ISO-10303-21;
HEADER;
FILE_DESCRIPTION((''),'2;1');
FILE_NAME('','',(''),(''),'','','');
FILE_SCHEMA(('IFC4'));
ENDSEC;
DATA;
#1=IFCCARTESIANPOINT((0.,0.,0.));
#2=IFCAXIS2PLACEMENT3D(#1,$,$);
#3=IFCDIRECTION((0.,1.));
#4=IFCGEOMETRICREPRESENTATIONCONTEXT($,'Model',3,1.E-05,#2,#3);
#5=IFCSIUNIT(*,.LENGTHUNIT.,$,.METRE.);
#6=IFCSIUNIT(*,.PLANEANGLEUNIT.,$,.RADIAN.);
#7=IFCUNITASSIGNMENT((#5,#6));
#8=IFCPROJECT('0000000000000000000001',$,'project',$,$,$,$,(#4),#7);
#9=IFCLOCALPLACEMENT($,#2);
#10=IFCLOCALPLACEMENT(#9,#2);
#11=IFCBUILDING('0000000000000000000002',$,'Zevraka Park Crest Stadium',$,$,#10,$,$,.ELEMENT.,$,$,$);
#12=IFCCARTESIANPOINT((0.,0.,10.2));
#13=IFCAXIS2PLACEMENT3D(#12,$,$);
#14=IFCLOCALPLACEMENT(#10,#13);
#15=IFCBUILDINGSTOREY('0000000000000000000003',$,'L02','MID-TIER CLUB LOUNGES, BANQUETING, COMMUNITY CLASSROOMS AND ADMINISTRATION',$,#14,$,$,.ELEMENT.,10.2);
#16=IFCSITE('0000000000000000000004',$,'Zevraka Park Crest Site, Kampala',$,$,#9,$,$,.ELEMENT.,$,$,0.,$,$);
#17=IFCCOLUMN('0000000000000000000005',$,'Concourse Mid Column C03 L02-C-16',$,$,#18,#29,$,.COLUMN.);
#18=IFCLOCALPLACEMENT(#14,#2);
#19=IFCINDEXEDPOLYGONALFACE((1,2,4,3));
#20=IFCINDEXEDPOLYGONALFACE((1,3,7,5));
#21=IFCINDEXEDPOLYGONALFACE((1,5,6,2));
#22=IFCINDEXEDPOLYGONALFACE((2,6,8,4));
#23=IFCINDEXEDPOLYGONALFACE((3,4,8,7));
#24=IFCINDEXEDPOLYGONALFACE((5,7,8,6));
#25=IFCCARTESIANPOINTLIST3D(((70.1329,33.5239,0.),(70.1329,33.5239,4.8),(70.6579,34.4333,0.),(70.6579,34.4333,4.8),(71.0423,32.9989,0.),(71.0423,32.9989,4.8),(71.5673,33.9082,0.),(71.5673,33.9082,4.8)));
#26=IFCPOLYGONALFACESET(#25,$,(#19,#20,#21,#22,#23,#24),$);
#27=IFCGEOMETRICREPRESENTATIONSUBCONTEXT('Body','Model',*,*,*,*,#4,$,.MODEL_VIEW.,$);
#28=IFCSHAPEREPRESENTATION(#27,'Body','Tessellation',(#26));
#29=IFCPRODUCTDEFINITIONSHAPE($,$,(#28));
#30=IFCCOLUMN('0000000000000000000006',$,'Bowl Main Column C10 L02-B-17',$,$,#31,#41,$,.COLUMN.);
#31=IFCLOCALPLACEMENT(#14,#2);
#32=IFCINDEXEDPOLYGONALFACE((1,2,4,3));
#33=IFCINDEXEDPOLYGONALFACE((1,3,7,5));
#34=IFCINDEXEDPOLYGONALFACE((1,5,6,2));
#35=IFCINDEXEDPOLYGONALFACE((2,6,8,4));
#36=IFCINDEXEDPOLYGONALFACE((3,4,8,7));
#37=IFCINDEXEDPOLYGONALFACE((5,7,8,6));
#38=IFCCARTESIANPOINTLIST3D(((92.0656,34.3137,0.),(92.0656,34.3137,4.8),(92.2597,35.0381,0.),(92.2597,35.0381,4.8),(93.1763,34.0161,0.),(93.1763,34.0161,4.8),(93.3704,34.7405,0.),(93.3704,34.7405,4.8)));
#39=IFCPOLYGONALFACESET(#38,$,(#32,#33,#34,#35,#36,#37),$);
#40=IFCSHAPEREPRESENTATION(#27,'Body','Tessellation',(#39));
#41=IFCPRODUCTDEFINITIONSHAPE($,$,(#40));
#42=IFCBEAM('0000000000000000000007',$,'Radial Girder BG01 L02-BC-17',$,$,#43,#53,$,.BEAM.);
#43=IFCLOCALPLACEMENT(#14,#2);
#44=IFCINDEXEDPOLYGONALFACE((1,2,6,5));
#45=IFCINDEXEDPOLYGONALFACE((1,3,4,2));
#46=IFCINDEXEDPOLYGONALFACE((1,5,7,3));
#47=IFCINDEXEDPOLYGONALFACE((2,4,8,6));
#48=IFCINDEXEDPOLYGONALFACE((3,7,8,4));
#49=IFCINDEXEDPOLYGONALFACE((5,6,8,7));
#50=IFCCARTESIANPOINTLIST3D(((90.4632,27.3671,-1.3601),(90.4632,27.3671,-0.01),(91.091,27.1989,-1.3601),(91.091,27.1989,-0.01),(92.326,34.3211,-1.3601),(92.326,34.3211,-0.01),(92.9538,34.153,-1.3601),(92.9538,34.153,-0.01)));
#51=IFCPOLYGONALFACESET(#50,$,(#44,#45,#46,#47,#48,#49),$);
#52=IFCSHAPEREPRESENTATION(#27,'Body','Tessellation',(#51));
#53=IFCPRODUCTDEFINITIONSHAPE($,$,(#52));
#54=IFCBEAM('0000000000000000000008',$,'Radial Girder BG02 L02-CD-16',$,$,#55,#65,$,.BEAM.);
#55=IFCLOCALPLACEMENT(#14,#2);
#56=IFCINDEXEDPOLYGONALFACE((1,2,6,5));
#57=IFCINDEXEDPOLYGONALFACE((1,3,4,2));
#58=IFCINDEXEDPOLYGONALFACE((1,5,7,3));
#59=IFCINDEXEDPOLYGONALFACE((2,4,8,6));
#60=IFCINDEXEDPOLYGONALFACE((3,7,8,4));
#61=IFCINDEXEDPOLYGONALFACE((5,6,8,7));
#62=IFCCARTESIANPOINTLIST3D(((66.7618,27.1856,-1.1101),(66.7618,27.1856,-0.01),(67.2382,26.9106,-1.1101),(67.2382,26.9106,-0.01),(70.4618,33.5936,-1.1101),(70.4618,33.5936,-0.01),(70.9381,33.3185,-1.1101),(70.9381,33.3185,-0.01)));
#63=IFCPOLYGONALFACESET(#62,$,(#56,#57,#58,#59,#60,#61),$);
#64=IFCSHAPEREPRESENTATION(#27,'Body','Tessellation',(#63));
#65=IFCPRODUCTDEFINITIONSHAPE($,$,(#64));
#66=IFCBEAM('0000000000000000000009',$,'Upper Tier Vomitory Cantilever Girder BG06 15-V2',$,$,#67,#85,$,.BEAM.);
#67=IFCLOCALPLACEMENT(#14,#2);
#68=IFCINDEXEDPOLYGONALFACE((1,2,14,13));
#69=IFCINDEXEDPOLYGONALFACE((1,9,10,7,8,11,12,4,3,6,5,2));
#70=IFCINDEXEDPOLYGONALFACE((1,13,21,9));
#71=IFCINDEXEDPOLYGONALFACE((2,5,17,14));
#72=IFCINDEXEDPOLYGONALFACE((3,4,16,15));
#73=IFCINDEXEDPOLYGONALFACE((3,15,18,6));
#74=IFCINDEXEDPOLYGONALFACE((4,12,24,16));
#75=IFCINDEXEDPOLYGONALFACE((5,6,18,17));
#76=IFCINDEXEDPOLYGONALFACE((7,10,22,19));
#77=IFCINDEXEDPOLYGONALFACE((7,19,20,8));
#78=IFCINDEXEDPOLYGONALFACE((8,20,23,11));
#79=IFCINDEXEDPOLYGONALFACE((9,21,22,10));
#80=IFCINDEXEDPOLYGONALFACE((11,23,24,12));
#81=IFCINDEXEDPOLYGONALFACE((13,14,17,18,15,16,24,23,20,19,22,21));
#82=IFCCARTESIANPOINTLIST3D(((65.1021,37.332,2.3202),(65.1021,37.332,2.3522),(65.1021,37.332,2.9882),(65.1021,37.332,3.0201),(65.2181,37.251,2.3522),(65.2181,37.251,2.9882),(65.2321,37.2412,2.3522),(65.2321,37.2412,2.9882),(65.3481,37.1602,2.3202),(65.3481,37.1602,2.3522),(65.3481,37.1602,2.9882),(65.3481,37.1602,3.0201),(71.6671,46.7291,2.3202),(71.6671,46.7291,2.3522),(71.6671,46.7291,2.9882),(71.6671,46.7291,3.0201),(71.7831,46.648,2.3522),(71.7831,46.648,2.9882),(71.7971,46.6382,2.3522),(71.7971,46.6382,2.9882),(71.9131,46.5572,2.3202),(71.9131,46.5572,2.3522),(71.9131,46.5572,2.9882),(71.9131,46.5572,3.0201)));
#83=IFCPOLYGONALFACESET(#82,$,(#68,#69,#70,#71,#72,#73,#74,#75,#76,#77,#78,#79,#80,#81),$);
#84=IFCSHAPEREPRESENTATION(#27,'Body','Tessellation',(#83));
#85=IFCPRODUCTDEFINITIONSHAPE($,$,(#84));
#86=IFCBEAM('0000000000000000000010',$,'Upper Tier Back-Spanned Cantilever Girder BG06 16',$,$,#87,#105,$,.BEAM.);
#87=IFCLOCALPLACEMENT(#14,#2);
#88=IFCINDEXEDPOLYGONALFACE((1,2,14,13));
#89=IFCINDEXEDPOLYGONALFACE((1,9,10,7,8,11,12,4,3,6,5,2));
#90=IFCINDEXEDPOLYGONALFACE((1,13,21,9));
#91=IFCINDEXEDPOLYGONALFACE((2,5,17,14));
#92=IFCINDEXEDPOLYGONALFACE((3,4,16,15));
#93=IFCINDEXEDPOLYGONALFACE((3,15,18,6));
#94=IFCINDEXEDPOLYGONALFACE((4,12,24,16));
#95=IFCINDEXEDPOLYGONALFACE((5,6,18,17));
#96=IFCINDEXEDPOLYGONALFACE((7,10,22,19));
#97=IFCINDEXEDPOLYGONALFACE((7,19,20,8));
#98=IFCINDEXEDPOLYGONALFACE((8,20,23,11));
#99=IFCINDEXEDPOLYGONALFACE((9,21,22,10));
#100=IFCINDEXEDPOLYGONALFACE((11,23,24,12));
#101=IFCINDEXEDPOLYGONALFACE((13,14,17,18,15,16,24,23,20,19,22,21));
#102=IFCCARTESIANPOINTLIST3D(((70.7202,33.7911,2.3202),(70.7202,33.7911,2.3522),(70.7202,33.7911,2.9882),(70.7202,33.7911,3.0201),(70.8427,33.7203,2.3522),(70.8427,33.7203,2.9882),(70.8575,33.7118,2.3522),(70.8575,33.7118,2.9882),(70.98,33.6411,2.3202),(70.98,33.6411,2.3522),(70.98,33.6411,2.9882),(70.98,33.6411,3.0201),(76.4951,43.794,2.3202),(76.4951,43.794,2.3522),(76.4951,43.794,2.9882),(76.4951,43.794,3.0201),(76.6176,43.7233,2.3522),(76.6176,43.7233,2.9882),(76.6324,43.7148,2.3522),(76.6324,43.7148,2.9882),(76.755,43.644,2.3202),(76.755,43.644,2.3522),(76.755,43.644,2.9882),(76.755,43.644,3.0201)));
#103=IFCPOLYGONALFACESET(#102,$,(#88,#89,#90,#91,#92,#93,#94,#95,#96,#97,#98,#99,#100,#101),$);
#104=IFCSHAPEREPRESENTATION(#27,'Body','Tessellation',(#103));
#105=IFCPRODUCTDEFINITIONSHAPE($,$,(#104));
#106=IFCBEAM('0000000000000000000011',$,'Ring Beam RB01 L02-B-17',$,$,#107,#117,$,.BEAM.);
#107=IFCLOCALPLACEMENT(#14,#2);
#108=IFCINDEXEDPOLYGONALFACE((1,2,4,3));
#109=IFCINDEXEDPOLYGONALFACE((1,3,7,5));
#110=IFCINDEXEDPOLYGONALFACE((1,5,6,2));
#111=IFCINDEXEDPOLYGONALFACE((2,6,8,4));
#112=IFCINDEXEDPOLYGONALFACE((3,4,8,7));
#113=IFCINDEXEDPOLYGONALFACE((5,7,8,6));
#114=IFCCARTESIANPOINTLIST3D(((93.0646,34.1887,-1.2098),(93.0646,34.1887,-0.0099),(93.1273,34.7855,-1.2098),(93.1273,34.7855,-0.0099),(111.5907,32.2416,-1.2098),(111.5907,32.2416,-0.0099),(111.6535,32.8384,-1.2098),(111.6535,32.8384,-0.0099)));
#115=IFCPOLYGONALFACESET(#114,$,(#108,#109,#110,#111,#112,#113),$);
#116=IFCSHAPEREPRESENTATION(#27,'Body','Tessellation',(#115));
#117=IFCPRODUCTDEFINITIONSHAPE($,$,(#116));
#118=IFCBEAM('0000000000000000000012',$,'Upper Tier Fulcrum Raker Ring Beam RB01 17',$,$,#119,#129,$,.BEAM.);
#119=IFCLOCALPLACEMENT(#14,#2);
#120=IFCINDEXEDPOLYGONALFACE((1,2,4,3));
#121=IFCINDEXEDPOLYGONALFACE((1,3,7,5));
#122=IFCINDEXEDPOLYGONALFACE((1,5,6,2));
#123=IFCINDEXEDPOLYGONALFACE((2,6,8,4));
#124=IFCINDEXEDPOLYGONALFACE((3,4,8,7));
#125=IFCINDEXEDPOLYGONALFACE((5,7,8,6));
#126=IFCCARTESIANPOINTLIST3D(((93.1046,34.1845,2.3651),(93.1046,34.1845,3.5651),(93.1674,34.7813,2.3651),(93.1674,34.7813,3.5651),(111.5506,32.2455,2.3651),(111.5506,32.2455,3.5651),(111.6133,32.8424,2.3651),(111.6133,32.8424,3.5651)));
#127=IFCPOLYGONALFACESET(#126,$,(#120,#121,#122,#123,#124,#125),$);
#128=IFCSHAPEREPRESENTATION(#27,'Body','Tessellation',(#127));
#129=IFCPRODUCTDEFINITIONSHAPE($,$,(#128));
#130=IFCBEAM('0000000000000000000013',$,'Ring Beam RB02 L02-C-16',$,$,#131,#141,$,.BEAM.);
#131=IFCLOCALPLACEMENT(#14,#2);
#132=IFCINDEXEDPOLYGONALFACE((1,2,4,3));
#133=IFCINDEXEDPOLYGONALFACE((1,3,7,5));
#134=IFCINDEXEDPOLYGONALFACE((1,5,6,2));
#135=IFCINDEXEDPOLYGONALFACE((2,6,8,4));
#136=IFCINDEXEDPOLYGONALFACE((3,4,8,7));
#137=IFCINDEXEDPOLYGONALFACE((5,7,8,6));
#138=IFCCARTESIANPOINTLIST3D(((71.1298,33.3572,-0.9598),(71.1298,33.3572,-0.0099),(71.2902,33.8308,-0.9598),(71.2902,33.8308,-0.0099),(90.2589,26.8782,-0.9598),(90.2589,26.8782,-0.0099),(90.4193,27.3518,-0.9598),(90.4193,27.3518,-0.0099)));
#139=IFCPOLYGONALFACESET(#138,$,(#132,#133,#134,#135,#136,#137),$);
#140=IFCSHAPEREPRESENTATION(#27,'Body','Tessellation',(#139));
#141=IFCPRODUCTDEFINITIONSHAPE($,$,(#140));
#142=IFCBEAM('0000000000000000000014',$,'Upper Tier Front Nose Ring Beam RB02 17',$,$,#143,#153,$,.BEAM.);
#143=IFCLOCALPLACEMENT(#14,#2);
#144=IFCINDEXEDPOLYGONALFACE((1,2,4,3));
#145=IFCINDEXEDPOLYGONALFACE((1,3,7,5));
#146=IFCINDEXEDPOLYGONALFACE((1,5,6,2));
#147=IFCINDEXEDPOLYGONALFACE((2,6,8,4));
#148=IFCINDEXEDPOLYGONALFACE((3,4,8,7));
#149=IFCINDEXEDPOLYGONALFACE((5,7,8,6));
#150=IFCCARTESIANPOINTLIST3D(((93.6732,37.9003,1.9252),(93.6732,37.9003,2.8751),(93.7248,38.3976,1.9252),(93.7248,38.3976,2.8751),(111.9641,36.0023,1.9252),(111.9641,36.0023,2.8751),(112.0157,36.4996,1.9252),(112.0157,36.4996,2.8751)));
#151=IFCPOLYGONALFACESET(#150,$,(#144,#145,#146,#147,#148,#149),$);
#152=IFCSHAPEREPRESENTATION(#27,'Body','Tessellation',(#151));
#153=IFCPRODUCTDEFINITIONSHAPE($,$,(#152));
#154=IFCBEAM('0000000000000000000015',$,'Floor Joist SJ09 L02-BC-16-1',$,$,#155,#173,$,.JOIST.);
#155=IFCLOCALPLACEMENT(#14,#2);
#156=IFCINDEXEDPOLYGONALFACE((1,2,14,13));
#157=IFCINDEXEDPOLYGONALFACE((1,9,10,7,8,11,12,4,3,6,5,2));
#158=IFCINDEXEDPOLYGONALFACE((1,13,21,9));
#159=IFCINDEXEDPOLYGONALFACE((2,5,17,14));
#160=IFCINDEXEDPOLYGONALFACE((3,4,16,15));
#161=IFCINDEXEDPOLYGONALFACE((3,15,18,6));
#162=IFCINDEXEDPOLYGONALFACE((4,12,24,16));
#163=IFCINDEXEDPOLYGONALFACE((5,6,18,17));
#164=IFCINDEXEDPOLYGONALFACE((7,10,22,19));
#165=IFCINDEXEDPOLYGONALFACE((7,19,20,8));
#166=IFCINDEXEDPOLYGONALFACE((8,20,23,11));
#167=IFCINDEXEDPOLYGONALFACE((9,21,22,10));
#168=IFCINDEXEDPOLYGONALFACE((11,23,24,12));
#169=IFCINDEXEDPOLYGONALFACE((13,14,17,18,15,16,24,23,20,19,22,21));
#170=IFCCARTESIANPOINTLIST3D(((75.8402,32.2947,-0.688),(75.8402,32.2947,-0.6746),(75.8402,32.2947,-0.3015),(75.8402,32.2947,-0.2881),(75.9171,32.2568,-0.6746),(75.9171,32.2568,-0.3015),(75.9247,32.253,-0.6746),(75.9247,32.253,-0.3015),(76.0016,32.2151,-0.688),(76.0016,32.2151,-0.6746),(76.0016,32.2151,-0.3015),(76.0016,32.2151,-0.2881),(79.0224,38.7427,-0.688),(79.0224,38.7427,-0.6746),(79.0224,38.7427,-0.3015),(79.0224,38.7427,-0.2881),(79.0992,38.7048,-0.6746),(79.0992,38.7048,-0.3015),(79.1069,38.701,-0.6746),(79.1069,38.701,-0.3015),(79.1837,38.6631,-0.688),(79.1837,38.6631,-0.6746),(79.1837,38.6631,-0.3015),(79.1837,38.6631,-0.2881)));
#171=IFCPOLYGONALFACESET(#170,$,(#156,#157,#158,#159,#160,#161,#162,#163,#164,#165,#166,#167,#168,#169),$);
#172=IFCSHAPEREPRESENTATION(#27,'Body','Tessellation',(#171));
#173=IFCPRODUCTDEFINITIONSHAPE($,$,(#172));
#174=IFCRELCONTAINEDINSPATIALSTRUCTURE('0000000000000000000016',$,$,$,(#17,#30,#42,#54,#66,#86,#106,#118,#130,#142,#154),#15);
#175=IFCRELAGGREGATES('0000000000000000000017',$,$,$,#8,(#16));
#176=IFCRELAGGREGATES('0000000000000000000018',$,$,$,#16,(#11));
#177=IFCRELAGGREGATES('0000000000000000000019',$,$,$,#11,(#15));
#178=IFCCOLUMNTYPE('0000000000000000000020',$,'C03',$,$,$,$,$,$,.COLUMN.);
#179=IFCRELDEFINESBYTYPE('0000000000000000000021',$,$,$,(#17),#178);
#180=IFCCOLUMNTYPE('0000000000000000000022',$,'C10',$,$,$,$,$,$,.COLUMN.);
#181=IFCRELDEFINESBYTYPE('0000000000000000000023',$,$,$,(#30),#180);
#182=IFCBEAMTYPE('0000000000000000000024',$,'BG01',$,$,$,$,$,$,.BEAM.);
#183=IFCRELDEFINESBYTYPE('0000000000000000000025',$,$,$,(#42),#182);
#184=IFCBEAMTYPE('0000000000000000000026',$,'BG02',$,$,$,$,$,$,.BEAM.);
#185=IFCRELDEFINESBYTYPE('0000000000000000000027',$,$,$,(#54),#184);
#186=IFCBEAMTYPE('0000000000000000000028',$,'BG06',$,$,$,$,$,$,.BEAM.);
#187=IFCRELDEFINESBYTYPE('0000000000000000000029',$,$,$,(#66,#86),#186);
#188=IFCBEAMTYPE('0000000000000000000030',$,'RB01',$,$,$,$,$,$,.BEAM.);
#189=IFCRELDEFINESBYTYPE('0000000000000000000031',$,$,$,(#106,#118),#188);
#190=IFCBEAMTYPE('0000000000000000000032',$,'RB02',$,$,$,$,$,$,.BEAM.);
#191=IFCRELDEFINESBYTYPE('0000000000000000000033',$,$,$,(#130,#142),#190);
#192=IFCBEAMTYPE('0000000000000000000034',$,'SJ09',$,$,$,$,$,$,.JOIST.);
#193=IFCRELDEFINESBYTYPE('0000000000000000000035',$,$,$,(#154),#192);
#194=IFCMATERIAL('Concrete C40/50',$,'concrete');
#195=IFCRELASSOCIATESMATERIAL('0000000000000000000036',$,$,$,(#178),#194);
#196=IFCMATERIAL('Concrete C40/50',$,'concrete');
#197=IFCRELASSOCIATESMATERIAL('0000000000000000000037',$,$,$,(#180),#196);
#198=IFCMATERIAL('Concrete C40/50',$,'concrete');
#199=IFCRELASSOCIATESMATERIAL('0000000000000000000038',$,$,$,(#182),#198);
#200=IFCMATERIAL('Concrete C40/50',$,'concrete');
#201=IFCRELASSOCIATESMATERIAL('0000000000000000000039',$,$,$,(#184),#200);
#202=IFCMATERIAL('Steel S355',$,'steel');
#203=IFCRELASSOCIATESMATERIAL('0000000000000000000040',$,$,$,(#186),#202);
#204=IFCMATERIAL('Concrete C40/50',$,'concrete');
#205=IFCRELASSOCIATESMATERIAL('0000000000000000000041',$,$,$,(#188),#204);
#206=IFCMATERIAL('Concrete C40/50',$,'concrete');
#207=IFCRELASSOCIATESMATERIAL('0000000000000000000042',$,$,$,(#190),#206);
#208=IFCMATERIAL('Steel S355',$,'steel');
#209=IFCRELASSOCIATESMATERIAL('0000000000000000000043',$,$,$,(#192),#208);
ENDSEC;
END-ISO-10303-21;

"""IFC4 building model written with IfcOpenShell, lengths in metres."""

from ifc_helpers import new_model, si_unit, direction, frame, origin, origin_2d, place, context, subcontext, project, spatial, rectangle, i_section, extrude, material, material_profile, profile_set, type_object, element, save


model = new_model("IFC4")

# Units and contexts
model_context = context("Model", 3, precision=1e-05, world=origin(), true_north=direction((0.0, 1.0)))
body_context = subcontext(model_context, "Body", "Model", "MODEL_VIEW")
ifc_project = project(units=[si_unit("LENGTHUNIT", "METRE"), si_unit("PLANEANGLEUNIT", "RADIAN")], contexts=[model_context])

# Site, building, storey
site_placement = place(None, origin())
site = spatial("IfcSite", under=ifc_project, at=site_placement, Name="Zevraka Park Crest Site, Kampala", CompositionType="ELEMENT", RefElevation=0.0)
building_placement = place(site_placement, origin())
building = spatial("IfcBuilding", under=site, at=building_placement, Name="Zevraka Park Crest Stadium", CompositionType="ELEMENT")
storey_placement = place(building_placement, frame((0.0, 0.0, 10.2)))
storey = spatial("IfcBuildingStorey", under=building, at=storey_placement, Name="L02", Description="MID-TIER CLUB LOUNGES, BANQUETING, COMMUNITY CLASSROOMS AND ADMINISTRATION", CompositionType="ELEMENT", Elevation=10.2)

# Columns
ifc_material_1 = material(Name="Concrete C40/50", Category="concrete")
ifc_material_profile_1 = material_profile(ifc_material_1, rectangle(XDim=1.05, YDim=1.05, at=origin_2d()), Name="RC 1050x1050")
ifc_profile_set_1 = profile_set([ifc_material_profile_1], Name="Concrete C40/50")
column_type_1 = type_object("IfcColumnType", Name="C03", PredefinedType="COLUMN", material=ifc_profile_set_1)
column_1_placement = place(storey_placement, frame((70.8501, 33.7161, 0.0), z_axis=(0.0, 0.0, 1.0), x_axis=(0.5, 0.866025, 0.0)))
element("IfcColumn", 1, at=column_1_placement, inside=storey, type_object=column_type_1, Name="Concourse Mid Column C03 L02-C-16", PredefinedType="COLUMN", context=body_context, shape_type="SweptSolid", body=[
    extrude(rectangle(XDim=1.05, YDim=1.05, at=origin_2d()), origin(), (0.0, 0.0, 1.0), 4.8),
])
ifc_material_2 = material(Name="Concrete C40/50", Category="concrete")
ifc_material_profile_2 = material_profile(ifc_material_2, rectangle(XDim=0.75, YDim=1.1499, at=origin_2d()), Name="RC 1150x750")
ifc_profile_set_2 = profile_set([ifc_material_profile_2], Name="Concrete C40/50")
column_type_2 = type_object("IfcColumnType", Name="C10", PredefinedType="COLUMN", material=ifc_profile_set_2)
column_2_placement = place(storey_placement, frame((92.718, 34.5271, 0.0), z_axis=(0.0, 0.0, 1.0), x_axis=(0.258819, 0.965926, 0.0)))
element("IfcColumn", 2, at=column_2_placement, inside=storey, type_object=column_type_2, Name="Bowl Main Column C10 L02-B-17", PredefinedType="COLUMN", context=body_context, shape_type="SweptSolid", body=[
    extrude(rectangle(XDim=0.75, YDim=1.1499, at=origin_2d()), origin(), (0.0, 0.0, 1.0), 4.8),
])

# Beams
ifc_material_3 = material(Name="Concrete C40/50", Category="concrete")
ifc_material_profile_3 = material_profile(ifc_material_3, rectangle(XDim=0.6499, YDim=1.3501, at=origin_2d()), Name="RC 1350x650")
ifc_profile_set_3 = profile_set([ifc_material_profile_3], Name="Concrete C40/50")
beam_type_1 = type_object("IfcBeamType", Name="BG01", PredefinedType="BEAM", material=ifc_profile_set_3)
beam_1_placement = place(storey_placement, frame((92.6399, 34.2371, -0.6851), z_axis=(-0.258747, -0.965945, 0.0), x_axis=(0.965945, -0.258747, 0.0)))
element("IfcBeam", 3, at=beam_1_placement, inside=storey, type_object=beam_type_1, Name="Radial Girder BG01 L02-BC-17", PredefinedType="BEAM", context=body_context, shape_type="SweptSolid", body=[
    extrude(rectangle(XDim=0.6499, YDim=1.3501, at=origin_2d()), origin(), (0.0, 0.0, 1.0), 7.1992),
])
ifc_material_4 = material(Name="Concrete C40/50", Category="concrete")
ifc_material_profile_4 = material_profile(ifc_material_4, rectangle(XDim=0.55, YDim=1.1001, at=origin_2d()), Name="RC 1100x550")
ifc_profile_set_4 = profile_set([ifc_material_profile_4], Name="Concrete C40/50")
beam_type_2 = type_object("IfcBeamType", Name="BG02", PredefinedType="BEAM", material=ifc_profile_set_4)
beam_2_placement = place(storey_placement, frame((70.7, 33.4561, -0.5601), z_axis=(-0.500032, -0.866007, 0.0), x_axis=(0.866007, -0.500032, 0.0)))
element("IfcBeam", 4, at=beam_2_placement, inside=storey, type_object=beam_type_2, Name="Radial Girder BG02 L02-CD-16", PredefinedType="BEAM", context=body_context, shape_type="SweptSolid", body=[
    extrude(rectangle(XDim=0.55, YDim=1.1001, at=origin_2d()), origin(), (0.0, 0.0, 1.0), 7.3994),
])
ifc_material_5 = material(Name="Steel S355", Category="steel")
ifc_material_profile_5 = material_profile(ifc_material_5, i_section(OverallWidth=0.3, OverallDepth=0.7, WebThickness=0.0171, FlangeThickness=0.032, at=origin_2d()), Name="HEB 700")
ifc_profile_set_5 = profile_set([ifc_material_profile_5], Name="Steel S355")
beam_type_3 = type_object("IfcBeamType", Name="BG06", PredefinedType="BEAM", material=ifc_profile_set_5)
beam_3_placement = place(storey_placement, frame((65.2251, 37.2461, 2.6702), z_axis=(0.572705, 0.819762, 0.0), x_axis=(-0.819762, 0.572705, 0.0)))
element("IfcBeam", 5, at=beam_3_placement, inside=storey, type_object=beam_type_3, Name="Upper Tier Vomitory Cantilever Girder BG06 15-V2", PredefinedType="BEAM", context=body_context, shape_type="SweptSolid", body=[
    extrude(i_section(OverallWidth=0.3, OverallDepth=0.7, WebThickness=0.0171, FlangeThickness=0.032, at=origin_2d()), origin(), (0.0, 0.0, 1.0), 11.4631),
])
beam_4_placement = place(storey_placement, frame((70.8501, 33.7161, 2.6702), z_axis=(0.499981, 0.866036, 0.0), x_axis=(-0.866036, 0.499981, 0.0)))
element("IfcBeam", 6, at=beam_4_placement, inside=storey, type_object=beam_type_3, Name="Upper Tier Back-Spanned Cantilever Girder BG06 16", PredefinedType="BEAM", context=body_context, shape_type="SweptSolid", body=[
    extrude(i_section(OverallWidth=0.3, OverallDepth=0.7, WebThickness=0.0171, FlangeThickness=0.032, at=origin_2d()), origin(), (0.0, 0.0, 1.0), 11.5503),
])
ifc_material_6 = material(Name="Concrete C40/50", Category="concrete")
ifc_material_profile_6 = material_profile(ifc_material_6, rectangle(XDim=0.6001, YDim=1.2, at=origin_2d()), Name="RC 1200x600")
ifc_profile_set_6 = profile_set([ifc_material_profile_6], Name="Concrete C40/50")
beam_type_4 = type_object("IfcBeamType", Name="RB01", PredefinedType="BEAM", material=ifc_profile_set_6)
beam_5_placement = place(storey_placement, frame((93.0959, 34.4871, -0.6099), z_axis=(0.994523, -0.10452, 0.0), x_axis=(0.10452, 0.994523, 0.0)))
element("IfcBeam", 7, at=beam_5_placement, inside=storey, type_object=beam_type_4, Name="Ring Beam RB01 L02-B-17", PredefinedType="BEAM", context=body_context, shape_type="SweptSolid", body=[
    extrude(rectangle(XDim=0.6001, YDim=1.2, at=origin_2d()), origin(), (0.0, 0.0, 1.0), 18.6282),
])
beam_6_placement = place(storey_placement, frame((93.136, 34.4829, 2.9651), z_axis=(0.994521, -0.10454, 0.0), x_axis=(0.10454, 0.994521, 0.0)))
element("IfcBeam", 8, at=beam_6_placement, inside=storey, type_object=beam_type_4, Name="Upper Tier Fulcrum Raker Ring Beam RB01 17", PredefinedType="BEAM", context=body_context, shape_type="SweptSolid", body=[
    extrude(rectangle(XDim=0.6001, YDim=1.2, at=origin_2d()), origin(), (0.0, 0.0, 1.0), 18.5476),
])
ifc_material_7 = material(Name="Concrete C40/50", Category="concrete")
ifc_material_profile_7 = material_profile(ifc_material_7, rectangle(XDim=0.5, YDim=0.95, at=origin_2d()), Name="RC 950x500")
ifc_profile_set_7 = profile_set([ifc_material_profile_7], Name="Concrete C40/50")
beam_type_5 = type_object("IfcBeamType", Name="RB02", PredefinedType="BEAM", material=ifc_profile_set_7)
beam_7_placement = place(storey_placement, frame((71.21, 33.594, -0.4849), z_axis=(0.947148, -0.320797, 0.0), x_axis=(0.320797, 0.947148, 0.0)))
element("IfcBeam", 9, at=beam_7_placement, inside=storey, type_object=beam_type_5, Name="Ring Beam RB02 L02-C-16", PredefinedType="BEAM", context=body_context, shape_type="SweptSolid", body=[
    extrude(rectangle(XDim=0.5, YDim=0.95, at=origin_2d()), origin(), (0.0, 0.0, 1.0), 20.1965),
])
beam_8_placement = place(storey_placement, frame((93.699, 38.1489, 2.4001), z_axis=(0.99466, -0.10321, 0.0), x_axis=(0.10321, 0.99466, 0.0)))
element("IfcBeam", 10, at=beam_8_placement, inside=storey, type_object=beam_type_5, Name="Upper Tier Front Nose Ring Beam RB02 17", PredefinedType="BEAM", context=body_context, shape_type="SweptSolid", body=[
    extrude(rectangle(XDim=0.5, YDim=0.95, at=origin_2d()), origin(), (0.0, 0.0, 1.0), 18.3892),
])
ifc_material_8 = material(Name="Steel S355", Category="steel")
ifc_material_profile_8 = material_profile(ifc_material_8, i_section(OverallWidth=0.1799, OverallDepth=0.3999, WebThickness=0.0085, FlangeThickness=0.0134, at=origin_2d()), Name="IPE 400")
ifc_profile_set_8 = profile_set([ifc_material_profile_8], Name="Steel S355")
beam_type_6 = type_object("IfcBeamType", Name="SJ09", PredefinedType="JOIST", material=ifc_profile_set_8)
beam_9_placement = place(storey_placement, frame((79.103, 38.7029, -0.488), z_axis=(-0.442549, -0.896744, 0.0), x_axis=(0.896744, -0.442549, 0.0)))
element("IfcBeam", 11, at=beam_9_placement, inside=storey, type_object=beam_type_6, Name="Floor Joist SJ09 L02-BC-16-1", PredefinedType="JOIST", context=body_context, shape_type="SweptSolid", body=[
    extrude(i_section(OverallWidth=0.1799, OverallDepth=0.3999, WebThickness=0.0085, FlangeThickness=0.0134, at=origin_2d()), origin(), (0.0, 0.0, 1.0), 7.1904),
])

save(model, "model.ifc")
